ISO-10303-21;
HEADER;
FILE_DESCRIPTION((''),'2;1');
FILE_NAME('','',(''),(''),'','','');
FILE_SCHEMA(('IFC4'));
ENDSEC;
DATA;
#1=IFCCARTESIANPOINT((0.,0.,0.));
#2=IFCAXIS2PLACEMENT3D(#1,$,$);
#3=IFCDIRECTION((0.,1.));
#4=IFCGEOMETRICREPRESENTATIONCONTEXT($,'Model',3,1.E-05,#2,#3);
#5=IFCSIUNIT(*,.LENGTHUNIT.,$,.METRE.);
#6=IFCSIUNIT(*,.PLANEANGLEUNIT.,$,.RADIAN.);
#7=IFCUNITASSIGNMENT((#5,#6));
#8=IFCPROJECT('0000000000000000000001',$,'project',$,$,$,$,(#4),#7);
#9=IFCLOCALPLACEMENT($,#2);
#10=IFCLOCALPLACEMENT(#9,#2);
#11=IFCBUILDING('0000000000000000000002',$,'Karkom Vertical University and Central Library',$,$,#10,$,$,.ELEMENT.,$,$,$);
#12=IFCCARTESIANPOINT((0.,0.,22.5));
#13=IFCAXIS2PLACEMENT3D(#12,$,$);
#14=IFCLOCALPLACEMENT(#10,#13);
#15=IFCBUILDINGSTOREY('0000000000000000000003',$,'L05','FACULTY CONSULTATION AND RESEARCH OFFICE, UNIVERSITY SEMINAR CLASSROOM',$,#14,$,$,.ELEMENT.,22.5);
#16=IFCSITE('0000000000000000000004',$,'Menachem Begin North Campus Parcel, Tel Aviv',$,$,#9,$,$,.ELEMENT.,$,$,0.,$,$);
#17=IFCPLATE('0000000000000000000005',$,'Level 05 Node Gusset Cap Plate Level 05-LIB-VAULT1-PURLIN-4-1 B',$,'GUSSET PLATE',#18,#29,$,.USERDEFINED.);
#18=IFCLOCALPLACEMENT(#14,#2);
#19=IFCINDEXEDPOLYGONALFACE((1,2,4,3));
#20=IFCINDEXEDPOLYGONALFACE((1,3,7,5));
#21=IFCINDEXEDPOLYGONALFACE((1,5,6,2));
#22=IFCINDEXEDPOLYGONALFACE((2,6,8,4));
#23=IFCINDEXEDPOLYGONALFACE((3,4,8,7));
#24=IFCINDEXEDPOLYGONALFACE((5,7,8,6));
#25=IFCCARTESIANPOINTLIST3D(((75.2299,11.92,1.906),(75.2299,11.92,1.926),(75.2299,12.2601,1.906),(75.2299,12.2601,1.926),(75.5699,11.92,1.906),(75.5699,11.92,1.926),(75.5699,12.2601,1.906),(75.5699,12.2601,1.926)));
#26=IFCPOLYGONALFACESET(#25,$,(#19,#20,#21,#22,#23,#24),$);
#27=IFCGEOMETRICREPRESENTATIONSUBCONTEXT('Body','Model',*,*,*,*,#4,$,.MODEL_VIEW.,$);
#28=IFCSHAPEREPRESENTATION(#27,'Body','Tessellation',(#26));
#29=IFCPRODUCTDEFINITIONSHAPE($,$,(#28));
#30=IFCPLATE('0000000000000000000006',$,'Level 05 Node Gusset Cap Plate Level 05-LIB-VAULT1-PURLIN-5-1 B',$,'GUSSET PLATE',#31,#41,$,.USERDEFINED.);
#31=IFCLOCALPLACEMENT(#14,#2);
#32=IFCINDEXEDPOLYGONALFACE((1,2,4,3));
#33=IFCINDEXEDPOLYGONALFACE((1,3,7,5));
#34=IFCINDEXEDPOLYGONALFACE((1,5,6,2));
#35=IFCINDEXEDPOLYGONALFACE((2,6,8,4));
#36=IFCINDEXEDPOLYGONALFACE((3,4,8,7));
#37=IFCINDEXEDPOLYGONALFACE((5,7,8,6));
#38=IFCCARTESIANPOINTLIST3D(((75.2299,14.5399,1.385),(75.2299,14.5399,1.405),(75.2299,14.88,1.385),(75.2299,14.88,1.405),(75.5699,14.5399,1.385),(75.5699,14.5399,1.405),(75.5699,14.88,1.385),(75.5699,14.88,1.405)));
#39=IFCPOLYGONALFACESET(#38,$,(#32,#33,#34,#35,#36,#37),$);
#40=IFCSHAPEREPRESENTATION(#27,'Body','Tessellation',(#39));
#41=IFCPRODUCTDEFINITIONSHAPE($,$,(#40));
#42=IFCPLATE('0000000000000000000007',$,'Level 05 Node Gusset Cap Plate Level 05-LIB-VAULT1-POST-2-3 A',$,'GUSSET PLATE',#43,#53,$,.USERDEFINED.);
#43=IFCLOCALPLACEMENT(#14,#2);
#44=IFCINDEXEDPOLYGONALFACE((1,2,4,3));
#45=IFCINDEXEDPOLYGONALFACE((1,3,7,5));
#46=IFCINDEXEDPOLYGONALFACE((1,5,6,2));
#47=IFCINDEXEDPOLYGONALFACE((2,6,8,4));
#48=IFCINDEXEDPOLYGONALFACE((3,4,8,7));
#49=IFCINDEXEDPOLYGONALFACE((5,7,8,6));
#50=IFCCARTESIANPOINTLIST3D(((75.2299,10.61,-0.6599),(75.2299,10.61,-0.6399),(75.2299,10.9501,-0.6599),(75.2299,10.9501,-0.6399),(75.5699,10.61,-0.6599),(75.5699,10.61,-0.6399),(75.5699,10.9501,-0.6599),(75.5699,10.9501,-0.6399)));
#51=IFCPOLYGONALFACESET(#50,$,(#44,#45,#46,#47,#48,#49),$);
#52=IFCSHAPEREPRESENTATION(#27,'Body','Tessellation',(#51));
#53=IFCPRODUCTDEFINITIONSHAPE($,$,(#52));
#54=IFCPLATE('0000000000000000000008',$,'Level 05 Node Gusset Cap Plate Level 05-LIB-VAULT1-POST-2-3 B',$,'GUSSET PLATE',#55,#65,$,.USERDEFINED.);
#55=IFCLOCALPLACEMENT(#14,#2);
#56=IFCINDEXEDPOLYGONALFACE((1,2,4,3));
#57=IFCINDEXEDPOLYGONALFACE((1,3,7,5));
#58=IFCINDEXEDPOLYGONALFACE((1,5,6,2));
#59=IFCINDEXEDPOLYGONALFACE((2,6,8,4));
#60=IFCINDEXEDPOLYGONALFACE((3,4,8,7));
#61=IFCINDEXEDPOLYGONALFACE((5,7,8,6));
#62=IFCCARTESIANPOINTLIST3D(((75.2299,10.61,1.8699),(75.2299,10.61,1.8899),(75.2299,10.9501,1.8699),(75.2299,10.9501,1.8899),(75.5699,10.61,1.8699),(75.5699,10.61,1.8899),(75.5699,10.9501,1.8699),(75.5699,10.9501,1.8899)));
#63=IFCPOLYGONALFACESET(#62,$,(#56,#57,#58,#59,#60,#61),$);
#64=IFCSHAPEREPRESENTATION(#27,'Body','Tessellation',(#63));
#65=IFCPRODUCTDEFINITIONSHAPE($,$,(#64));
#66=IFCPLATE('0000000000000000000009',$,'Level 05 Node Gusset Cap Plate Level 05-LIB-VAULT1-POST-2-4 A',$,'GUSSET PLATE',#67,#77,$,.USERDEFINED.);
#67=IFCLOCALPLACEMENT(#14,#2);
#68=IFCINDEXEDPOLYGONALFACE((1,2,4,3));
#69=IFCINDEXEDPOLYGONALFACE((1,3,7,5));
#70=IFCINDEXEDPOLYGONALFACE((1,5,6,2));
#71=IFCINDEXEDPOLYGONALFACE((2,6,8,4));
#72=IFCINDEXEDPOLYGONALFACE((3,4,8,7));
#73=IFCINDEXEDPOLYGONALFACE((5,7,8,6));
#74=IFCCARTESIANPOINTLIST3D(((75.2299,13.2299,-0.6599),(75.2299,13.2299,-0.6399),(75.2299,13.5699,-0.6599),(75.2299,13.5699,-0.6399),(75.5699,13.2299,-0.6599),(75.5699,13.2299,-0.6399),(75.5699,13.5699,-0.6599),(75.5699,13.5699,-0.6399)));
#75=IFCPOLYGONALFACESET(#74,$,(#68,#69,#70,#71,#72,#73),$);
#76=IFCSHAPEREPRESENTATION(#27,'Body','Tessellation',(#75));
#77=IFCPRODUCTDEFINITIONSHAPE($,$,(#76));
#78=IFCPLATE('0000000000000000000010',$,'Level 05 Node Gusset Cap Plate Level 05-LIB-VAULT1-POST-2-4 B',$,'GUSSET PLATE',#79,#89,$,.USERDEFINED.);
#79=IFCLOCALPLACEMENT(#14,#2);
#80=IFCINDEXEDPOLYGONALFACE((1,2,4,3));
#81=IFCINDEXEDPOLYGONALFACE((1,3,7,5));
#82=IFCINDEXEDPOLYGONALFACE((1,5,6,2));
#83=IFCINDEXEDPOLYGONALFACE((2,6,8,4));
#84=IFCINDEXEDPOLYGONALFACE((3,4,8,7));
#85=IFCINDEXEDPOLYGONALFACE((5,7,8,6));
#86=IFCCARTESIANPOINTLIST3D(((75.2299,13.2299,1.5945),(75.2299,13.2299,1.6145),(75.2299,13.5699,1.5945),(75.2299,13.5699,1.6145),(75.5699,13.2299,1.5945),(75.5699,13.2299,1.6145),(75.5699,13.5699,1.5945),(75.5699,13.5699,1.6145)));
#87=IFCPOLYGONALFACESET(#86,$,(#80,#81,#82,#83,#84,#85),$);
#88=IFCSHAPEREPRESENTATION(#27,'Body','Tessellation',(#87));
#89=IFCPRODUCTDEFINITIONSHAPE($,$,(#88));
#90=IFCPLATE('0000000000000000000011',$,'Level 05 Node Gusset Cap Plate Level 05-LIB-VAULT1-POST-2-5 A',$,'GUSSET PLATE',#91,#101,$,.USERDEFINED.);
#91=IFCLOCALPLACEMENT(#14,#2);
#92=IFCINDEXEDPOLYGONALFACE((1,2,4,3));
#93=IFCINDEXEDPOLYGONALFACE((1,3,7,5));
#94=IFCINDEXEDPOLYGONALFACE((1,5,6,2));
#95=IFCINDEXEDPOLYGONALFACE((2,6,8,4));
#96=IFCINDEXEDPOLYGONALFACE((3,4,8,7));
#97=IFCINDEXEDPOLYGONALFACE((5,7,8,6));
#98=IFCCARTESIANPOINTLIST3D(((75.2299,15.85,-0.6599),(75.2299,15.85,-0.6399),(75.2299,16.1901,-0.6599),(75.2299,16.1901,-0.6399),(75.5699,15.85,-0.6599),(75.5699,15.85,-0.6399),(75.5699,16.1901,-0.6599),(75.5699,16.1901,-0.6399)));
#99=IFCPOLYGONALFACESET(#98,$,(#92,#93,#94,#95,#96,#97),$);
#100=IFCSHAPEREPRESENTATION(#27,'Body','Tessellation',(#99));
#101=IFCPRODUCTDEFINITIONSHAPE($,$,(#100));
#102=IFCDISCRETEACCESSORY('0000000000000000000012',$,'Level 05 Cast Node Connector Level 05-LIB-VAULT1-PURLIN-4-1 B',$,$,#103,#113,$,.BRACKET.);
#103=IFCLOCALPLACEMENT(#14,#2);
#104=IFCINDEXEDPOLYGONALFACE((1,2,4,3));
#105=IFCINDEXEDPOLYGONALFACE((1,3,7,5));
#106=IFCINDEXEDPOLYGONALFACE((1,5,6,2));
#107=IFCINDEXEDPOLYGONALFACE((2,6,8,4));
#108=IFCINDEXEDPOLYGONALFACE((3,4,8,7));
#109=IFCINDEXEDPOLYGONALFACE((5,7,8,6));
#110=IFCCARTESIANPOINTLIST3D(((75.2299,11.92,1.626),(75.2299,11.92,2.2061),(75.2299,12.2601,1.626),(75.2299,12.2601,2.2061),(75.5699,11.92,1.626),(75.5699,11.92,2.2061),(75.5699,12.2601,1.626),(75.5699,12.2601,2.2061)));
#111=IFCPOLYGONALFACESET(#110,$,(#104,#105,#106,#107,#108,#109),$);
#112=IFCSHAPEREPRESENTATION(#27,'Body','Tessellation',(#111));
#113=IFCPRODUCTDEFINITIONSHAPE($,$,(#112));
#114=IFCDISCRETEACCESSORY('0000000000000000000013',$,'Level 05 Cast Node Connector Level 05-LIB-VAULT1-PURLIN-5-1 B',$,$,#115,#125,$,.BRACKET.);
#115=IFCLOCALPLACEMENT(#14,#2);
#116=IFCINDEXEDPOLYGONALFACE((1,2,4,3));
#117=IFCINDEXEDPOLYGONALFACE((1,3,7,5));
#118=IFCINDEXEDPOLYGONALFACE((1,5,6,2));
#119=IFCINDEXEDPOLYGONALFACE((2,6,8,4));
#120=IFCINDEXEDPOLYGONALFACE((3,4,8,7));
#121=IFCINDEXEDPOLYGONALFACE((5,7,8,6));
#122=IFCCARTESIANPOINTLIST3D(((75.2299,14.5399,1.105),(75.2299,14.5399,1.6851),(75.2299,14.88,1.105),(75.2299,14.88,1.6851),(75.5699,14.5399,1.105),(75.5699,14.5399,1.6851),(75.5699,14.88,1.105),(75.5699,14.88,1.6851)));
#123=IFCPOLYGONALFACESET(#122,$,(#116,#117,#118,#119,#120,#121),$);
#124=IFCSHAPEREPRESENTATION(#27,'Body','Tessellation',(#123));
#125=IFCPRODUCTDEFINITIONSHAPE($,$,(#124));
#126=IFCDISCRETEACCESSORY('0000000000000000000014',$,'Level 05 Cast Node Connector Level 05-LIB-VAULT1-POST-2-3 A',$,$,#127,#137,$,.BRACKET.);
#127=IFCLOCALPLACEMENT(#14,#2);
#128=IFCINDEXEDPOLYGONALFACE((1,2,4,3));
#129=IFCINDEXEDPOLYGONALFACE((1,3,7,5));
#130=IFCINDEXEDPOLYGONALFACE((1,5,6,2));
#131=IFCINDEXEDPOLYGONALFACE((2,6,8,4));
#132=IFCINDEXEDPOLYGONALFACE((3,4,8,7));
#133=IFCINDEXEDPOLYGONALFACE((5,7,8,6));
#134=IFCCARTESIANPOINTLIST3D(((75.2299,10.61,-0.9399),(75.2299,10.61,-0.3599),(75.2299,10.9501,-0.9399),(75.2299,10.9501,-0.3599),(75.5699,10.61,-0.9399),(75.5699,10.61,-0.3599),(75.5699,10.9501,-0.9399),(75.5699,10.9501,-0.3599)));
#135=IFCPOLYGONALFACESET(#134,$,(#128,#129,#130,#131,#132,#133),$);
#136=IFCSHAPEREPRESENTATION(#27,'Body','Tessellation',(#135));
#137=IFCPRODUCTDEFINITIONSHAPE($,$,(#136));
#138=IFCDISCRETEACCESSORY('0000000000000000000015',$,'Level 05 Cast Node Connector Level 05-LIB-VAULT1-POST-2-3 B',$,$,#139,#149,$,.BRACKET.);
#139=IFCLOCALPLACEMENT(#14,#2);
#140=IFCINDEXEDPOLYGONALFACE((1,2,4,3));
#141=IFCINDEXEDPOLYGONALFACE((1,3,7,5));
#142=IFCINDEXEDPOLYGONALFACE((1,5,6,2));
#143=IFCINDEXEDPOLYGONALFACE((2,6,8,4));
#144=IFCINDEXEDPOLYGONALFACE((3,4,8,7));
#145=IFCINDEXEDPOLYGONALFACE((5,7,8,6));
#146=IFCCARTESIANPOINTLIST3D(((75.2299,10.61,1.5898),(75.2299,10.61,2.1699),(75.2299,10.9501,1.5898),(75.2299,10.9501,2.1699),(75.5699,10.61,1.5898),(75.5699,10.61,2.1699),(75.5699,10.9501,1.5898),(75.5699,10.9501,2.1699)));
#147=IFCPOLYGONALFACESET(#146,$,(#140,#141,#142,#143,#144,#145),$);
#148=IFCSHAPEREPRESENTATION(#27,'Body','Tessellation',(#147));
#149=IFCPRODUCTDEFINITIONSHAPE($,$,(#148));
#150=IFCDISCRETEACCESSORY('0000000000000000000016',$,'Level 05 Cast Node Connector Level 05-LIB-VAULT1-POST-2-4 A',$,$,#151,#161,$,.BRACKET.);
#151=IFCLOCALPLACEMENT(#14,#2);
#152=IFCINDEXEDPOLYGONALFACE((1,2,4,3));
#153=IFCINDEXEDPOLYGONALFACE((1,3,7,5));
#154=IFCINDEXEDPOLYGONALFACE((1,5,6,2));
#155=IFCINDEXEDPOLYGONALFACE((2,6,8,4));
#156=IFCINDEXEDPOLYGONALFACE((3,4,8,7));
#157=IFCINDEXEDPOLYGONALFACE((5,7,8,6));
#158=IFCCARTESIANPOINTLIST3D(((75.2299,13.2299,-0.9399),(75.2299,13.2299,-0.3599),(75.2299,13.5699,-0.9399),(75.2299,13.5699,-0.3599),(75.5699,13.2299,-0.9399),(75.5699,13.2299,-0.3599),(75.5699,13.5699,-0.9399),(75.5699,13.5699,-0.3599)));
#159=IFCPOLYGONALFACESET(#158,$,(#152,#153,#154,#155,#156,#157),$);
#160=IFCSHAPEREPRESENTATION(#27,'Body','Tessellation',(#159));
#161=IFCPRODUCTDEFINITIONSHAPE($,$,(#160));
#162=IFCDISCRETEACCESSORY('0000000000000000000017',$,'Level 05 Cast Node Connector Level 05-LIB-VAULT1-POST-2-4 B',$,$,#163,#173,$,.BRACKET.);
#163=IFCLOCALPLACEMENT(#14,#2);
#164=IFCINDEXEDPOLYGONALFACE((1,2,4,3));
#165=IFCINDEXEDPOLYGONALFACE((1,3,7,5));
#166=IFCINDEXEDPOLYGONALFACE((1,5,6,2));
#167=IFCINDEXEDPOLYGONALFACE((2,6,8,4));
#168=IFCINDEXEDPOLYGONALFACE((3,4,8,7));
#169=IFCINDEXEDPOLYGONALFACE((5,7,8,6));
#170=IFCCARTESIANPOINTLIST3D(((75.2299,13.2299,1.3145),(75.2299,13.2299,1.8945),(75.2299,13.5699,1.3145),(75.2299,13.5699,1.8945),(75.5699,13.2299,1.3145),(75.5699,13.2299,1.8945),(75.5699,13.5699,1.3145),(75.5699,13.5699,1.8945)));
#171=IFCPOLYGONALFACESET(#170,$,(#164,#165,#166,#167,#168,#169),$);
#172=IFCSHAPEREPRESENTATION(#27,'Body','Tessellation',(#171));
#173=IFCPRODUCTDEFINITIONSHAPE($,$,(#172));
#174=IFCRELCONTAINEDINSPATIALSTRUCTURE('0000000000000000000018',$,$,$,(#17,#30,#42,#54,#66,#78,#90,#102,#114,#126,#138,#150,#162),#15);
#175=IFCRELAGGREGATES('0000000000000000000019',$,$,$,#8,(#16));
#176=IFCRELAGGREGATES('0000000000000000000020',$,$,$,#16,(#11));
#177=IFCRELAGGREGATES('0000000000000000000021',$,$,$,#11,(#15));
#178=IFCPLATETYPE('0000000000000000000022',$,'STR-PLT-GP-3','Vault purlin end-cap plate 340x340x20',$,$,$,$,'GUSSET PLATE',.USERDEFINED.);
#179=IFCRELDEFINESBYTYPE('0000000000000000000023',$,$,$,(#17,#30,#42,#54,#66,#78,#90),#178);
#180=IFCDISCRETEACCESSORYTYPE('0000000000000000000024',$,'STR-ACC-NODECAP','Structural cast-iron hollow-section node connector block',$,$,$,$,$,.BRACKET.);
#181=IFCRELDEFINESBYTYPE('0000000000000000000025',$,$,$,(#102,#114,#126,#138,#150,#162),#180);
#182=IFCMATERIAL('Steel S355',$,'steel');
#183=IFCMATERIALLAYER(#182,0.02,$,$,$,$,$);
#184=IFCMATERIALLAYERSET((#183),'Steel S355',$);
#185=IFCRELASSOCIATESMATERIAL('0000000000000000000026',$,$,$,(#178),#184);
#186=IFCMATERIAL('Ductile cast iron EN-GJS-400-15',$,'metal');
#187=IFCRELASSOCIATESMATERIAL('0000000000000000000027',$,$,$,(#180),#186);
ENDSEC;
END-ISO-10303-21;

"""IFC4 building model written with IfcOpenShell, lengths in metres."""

from ifc_helpers import new_model, si_unit, direction, frame, origin, origin_with_axes, origin_2d, place, context, subcontext, project, spatial, rectangle, extrude, source, transform, mapped, material, layer, layer_set, type_object, element, save


model = new_model("IFC4")

# Units and contexts
model_context = context("Model", 3, precision=1e-05, world=origin(), true_north=direction((0.0, 1.0)))
body_context = subcontext(model_context, "Body", "Model", "MODEL_VIEW")
ifc_project = project(units=[si_unit("LENGTHUNIT", "METRE"), si_unit("PLANEANGLEUNIT", "RADIAN")], contexts=[model_context])

# Site, building, storey
site_placement = place(None, origin())
site = spatial("IfcSite", under=ifc_project, at=site_placement, Name="Menachem Begin North Campus Parcel, Tel Aviv", CompositionType="ELEMENT", RefElevation=0.0)
building_placement = place(site_placement, origin())
building = spatial("IfcBuilding", under=site, at=building_placement, Name="Karkom Vertical University and Central Library", CompositionType="ELEMENT")
storey_placement = place(building_placement, frame((0.0, 0.0, 22.5)))
storey = spatial("IfcBuildingStorey", under=building, at=storey_placement, Name="L05", Description="FACULTY CONSULTATION AND RESEARCH OFFICE, UNIVERSITY SEMINAR CLASSROOM", CompositionType="ELEMENT", Elevation=22.5)

# Shared definitions
ifc_material_1 = material(Name="Steel S355", Category="steel")

# Plates
ifc_layer = layer(ifc_material_1, 0.02)
ifc_layer_set = layer_set([ifc_layer], Name="Steel S355")
plate_type = type_object("IfcPlateType", Name="STR-PLT-GP-3", Description="Vault purlin end-cap plate 340x340x20", ElementType="GUSSET PLATE", PredefinedType="USERDEFINED", material=ifc_layer_set)
shared_shape_1 = source(origin_with_axes(), body_context, "Body", "SweptSolid", [
    extrude(rectangle(XDim=0.3401, YDim=0.3401, at=origin_2d()), origin(), (0.0, 0.0, 1.0), 0.02),
])
for number, where, z_axis, x_axis, name in (
    (1, (75.3999, 12.0901, 1.906), (0.0, 0.0, 1.0), (1.0, 0.0, 0.0), "Level 05 Node Gusset Cap Plate Level 05-LIB-VAULT1-PURLIN-4-1 B"),
    (2, (75.3999, 14.71, 1.385), (0.0, 0.0, 1.0), (1.0, 0.0, 0.0), "Level 05 Node Gusset Cap Plate Level 05-LIB-VAULT1-PURLIN-5-1 B"),
    (3, (75.3999, 10.78, -0.6599), (0.0, 0.0, 1.0), (1.0, 0.0, 0.0), "Level 05 Node Gusset Cap Plate Level 05-LIB-VAULT1-POST-2-3 A"),
    (4, (75.3999, 10.78, 1.8699), (0.0, 0.0, 1.0), (1.0, 0.0, 0.0), "Level 05 Node Gusset Cap Plate Level 05-LIB-VAULT1-POST-2-3 B"),
    (5, (75.3999, 13.3999, -0.6599), (0.0, 0.0, 1.0), (1.0, 0.0, 0.0), "Level 05 Node Gusset Cap Plate Level 05-LIB-VAULT1-POST-2-4 A"),
    (6, (75.3999, 13.3999, 1.5945), (0.0, 0.0, 1.0), (1.0, 0.0, 0.0), "Level 05 Node Gusset Cap Plate Level 05-LIB-VAULT1-POST-2-4 B"),
    (7, (75.3999, 16.02, -0.6599), (0.0, 0.0, 1.0), (1.0, 0.0, 0.0), "Level 05 Node Gusset Cap Plate Level 05-LIB-VAULT1-POST-2-5 A"),
):
    element("IfcPlate", number, at=place(storey_placement, frame(where, z_axis=z_axis, x_axis=x_axis)), inside=storey, type_object=plate_type, Name=name, ObjectType="GUSSET PLATE", PredefinedType="USERDEFINED", context=body_context, shape_type="MappedRepresentation", body=[
        mapped(shared_shape_1, transform((0.0, 0.0, 0.0), scale=1.0)),
    ])

# Discrete accessories
ifc_material_2 = material(Name="Ductile cast iron EN-GJS-400-15", Category="metal")
discrete_accessory_type = type_object("IfcDiscreteAccessoryType", Name="STR-ACC-NODECAP", Description="Structural cast-iron hollow-section node connector block", PredefinedType="BRACKET", material=ifc_material_2)
shared_shape_2 = source(origin_with_axes(), body_context, "Body", "SweptSolid", [
    extrude(rectangle(XDim=0.3401, YDim=0.3401, at=origin_2d()), origin(), (0.0, 0.0, 1.0), 0.5801),
])
for number, where, z_axis, x_axis, name in (
    (8, (75.3999, 12.0901, 1.626), (0.0, 0.0, 1.0), (1.0, 0.0, 0.0), "Level 05 Cast Node Connector Level 05-LIB-VAULT1-PURLIN-4-1 B"),
    (9, (75.3999, 14.71, 1.105), (0.0, 0.0, 1.0), (1.0, 0.0, 0.0), "Level 05 Cast Node Connector Level 05-LIB-VAULT1-PURLIN-5-1 B"),
    (10, (75.3999, 10.78, -0.9399), (0.0, 0.0, 1.0), (1.0, 0.0, 0.0), "Level 05 Cast Node Connector Level 05-LIB-VAULT1-POST-2-3 A"),
    (11, (75.3999, 10.78, 1.5898), (0.0, 0.0, 1.0), (1.0, 0.0, 0.0), "Level 05 Cast Node Connector Level 05-LIB-VAULT1-POST-2-3 B"),
    (12, (75.3999, 13.3999, -0.9399), (0.0, 0.0, 1.0), (1.0, 0.0, 0.0), "Level 05 Cast Node Connector Level 05-LIB-VAULT1-POST-2-4 A"),
    (13, (75.3999, 13.3999, 1.3145), (0.0, 0.0, 1.0), (1.0, 0.0, 0.0), "Level 05 Cast Node Connector Level 05-LIB-VAULT1-POST-2-4 B"),
):
    element("IfcDiscreteAccessory", number, at=place(storey_placement, frame(where, z_axis=z_axis, x_axis=x_axis)), inside=storey, type_object=discrete_accessory_type, Name=name, PredefinedType="BRACKET", context=body_context, shape_type="MappedRepresentation", body=[
        mapped(shared_shape_2, transform((0.0, 0.0, 0.0), scale=1.0)),
    ])

save(model, "model.ifc")
